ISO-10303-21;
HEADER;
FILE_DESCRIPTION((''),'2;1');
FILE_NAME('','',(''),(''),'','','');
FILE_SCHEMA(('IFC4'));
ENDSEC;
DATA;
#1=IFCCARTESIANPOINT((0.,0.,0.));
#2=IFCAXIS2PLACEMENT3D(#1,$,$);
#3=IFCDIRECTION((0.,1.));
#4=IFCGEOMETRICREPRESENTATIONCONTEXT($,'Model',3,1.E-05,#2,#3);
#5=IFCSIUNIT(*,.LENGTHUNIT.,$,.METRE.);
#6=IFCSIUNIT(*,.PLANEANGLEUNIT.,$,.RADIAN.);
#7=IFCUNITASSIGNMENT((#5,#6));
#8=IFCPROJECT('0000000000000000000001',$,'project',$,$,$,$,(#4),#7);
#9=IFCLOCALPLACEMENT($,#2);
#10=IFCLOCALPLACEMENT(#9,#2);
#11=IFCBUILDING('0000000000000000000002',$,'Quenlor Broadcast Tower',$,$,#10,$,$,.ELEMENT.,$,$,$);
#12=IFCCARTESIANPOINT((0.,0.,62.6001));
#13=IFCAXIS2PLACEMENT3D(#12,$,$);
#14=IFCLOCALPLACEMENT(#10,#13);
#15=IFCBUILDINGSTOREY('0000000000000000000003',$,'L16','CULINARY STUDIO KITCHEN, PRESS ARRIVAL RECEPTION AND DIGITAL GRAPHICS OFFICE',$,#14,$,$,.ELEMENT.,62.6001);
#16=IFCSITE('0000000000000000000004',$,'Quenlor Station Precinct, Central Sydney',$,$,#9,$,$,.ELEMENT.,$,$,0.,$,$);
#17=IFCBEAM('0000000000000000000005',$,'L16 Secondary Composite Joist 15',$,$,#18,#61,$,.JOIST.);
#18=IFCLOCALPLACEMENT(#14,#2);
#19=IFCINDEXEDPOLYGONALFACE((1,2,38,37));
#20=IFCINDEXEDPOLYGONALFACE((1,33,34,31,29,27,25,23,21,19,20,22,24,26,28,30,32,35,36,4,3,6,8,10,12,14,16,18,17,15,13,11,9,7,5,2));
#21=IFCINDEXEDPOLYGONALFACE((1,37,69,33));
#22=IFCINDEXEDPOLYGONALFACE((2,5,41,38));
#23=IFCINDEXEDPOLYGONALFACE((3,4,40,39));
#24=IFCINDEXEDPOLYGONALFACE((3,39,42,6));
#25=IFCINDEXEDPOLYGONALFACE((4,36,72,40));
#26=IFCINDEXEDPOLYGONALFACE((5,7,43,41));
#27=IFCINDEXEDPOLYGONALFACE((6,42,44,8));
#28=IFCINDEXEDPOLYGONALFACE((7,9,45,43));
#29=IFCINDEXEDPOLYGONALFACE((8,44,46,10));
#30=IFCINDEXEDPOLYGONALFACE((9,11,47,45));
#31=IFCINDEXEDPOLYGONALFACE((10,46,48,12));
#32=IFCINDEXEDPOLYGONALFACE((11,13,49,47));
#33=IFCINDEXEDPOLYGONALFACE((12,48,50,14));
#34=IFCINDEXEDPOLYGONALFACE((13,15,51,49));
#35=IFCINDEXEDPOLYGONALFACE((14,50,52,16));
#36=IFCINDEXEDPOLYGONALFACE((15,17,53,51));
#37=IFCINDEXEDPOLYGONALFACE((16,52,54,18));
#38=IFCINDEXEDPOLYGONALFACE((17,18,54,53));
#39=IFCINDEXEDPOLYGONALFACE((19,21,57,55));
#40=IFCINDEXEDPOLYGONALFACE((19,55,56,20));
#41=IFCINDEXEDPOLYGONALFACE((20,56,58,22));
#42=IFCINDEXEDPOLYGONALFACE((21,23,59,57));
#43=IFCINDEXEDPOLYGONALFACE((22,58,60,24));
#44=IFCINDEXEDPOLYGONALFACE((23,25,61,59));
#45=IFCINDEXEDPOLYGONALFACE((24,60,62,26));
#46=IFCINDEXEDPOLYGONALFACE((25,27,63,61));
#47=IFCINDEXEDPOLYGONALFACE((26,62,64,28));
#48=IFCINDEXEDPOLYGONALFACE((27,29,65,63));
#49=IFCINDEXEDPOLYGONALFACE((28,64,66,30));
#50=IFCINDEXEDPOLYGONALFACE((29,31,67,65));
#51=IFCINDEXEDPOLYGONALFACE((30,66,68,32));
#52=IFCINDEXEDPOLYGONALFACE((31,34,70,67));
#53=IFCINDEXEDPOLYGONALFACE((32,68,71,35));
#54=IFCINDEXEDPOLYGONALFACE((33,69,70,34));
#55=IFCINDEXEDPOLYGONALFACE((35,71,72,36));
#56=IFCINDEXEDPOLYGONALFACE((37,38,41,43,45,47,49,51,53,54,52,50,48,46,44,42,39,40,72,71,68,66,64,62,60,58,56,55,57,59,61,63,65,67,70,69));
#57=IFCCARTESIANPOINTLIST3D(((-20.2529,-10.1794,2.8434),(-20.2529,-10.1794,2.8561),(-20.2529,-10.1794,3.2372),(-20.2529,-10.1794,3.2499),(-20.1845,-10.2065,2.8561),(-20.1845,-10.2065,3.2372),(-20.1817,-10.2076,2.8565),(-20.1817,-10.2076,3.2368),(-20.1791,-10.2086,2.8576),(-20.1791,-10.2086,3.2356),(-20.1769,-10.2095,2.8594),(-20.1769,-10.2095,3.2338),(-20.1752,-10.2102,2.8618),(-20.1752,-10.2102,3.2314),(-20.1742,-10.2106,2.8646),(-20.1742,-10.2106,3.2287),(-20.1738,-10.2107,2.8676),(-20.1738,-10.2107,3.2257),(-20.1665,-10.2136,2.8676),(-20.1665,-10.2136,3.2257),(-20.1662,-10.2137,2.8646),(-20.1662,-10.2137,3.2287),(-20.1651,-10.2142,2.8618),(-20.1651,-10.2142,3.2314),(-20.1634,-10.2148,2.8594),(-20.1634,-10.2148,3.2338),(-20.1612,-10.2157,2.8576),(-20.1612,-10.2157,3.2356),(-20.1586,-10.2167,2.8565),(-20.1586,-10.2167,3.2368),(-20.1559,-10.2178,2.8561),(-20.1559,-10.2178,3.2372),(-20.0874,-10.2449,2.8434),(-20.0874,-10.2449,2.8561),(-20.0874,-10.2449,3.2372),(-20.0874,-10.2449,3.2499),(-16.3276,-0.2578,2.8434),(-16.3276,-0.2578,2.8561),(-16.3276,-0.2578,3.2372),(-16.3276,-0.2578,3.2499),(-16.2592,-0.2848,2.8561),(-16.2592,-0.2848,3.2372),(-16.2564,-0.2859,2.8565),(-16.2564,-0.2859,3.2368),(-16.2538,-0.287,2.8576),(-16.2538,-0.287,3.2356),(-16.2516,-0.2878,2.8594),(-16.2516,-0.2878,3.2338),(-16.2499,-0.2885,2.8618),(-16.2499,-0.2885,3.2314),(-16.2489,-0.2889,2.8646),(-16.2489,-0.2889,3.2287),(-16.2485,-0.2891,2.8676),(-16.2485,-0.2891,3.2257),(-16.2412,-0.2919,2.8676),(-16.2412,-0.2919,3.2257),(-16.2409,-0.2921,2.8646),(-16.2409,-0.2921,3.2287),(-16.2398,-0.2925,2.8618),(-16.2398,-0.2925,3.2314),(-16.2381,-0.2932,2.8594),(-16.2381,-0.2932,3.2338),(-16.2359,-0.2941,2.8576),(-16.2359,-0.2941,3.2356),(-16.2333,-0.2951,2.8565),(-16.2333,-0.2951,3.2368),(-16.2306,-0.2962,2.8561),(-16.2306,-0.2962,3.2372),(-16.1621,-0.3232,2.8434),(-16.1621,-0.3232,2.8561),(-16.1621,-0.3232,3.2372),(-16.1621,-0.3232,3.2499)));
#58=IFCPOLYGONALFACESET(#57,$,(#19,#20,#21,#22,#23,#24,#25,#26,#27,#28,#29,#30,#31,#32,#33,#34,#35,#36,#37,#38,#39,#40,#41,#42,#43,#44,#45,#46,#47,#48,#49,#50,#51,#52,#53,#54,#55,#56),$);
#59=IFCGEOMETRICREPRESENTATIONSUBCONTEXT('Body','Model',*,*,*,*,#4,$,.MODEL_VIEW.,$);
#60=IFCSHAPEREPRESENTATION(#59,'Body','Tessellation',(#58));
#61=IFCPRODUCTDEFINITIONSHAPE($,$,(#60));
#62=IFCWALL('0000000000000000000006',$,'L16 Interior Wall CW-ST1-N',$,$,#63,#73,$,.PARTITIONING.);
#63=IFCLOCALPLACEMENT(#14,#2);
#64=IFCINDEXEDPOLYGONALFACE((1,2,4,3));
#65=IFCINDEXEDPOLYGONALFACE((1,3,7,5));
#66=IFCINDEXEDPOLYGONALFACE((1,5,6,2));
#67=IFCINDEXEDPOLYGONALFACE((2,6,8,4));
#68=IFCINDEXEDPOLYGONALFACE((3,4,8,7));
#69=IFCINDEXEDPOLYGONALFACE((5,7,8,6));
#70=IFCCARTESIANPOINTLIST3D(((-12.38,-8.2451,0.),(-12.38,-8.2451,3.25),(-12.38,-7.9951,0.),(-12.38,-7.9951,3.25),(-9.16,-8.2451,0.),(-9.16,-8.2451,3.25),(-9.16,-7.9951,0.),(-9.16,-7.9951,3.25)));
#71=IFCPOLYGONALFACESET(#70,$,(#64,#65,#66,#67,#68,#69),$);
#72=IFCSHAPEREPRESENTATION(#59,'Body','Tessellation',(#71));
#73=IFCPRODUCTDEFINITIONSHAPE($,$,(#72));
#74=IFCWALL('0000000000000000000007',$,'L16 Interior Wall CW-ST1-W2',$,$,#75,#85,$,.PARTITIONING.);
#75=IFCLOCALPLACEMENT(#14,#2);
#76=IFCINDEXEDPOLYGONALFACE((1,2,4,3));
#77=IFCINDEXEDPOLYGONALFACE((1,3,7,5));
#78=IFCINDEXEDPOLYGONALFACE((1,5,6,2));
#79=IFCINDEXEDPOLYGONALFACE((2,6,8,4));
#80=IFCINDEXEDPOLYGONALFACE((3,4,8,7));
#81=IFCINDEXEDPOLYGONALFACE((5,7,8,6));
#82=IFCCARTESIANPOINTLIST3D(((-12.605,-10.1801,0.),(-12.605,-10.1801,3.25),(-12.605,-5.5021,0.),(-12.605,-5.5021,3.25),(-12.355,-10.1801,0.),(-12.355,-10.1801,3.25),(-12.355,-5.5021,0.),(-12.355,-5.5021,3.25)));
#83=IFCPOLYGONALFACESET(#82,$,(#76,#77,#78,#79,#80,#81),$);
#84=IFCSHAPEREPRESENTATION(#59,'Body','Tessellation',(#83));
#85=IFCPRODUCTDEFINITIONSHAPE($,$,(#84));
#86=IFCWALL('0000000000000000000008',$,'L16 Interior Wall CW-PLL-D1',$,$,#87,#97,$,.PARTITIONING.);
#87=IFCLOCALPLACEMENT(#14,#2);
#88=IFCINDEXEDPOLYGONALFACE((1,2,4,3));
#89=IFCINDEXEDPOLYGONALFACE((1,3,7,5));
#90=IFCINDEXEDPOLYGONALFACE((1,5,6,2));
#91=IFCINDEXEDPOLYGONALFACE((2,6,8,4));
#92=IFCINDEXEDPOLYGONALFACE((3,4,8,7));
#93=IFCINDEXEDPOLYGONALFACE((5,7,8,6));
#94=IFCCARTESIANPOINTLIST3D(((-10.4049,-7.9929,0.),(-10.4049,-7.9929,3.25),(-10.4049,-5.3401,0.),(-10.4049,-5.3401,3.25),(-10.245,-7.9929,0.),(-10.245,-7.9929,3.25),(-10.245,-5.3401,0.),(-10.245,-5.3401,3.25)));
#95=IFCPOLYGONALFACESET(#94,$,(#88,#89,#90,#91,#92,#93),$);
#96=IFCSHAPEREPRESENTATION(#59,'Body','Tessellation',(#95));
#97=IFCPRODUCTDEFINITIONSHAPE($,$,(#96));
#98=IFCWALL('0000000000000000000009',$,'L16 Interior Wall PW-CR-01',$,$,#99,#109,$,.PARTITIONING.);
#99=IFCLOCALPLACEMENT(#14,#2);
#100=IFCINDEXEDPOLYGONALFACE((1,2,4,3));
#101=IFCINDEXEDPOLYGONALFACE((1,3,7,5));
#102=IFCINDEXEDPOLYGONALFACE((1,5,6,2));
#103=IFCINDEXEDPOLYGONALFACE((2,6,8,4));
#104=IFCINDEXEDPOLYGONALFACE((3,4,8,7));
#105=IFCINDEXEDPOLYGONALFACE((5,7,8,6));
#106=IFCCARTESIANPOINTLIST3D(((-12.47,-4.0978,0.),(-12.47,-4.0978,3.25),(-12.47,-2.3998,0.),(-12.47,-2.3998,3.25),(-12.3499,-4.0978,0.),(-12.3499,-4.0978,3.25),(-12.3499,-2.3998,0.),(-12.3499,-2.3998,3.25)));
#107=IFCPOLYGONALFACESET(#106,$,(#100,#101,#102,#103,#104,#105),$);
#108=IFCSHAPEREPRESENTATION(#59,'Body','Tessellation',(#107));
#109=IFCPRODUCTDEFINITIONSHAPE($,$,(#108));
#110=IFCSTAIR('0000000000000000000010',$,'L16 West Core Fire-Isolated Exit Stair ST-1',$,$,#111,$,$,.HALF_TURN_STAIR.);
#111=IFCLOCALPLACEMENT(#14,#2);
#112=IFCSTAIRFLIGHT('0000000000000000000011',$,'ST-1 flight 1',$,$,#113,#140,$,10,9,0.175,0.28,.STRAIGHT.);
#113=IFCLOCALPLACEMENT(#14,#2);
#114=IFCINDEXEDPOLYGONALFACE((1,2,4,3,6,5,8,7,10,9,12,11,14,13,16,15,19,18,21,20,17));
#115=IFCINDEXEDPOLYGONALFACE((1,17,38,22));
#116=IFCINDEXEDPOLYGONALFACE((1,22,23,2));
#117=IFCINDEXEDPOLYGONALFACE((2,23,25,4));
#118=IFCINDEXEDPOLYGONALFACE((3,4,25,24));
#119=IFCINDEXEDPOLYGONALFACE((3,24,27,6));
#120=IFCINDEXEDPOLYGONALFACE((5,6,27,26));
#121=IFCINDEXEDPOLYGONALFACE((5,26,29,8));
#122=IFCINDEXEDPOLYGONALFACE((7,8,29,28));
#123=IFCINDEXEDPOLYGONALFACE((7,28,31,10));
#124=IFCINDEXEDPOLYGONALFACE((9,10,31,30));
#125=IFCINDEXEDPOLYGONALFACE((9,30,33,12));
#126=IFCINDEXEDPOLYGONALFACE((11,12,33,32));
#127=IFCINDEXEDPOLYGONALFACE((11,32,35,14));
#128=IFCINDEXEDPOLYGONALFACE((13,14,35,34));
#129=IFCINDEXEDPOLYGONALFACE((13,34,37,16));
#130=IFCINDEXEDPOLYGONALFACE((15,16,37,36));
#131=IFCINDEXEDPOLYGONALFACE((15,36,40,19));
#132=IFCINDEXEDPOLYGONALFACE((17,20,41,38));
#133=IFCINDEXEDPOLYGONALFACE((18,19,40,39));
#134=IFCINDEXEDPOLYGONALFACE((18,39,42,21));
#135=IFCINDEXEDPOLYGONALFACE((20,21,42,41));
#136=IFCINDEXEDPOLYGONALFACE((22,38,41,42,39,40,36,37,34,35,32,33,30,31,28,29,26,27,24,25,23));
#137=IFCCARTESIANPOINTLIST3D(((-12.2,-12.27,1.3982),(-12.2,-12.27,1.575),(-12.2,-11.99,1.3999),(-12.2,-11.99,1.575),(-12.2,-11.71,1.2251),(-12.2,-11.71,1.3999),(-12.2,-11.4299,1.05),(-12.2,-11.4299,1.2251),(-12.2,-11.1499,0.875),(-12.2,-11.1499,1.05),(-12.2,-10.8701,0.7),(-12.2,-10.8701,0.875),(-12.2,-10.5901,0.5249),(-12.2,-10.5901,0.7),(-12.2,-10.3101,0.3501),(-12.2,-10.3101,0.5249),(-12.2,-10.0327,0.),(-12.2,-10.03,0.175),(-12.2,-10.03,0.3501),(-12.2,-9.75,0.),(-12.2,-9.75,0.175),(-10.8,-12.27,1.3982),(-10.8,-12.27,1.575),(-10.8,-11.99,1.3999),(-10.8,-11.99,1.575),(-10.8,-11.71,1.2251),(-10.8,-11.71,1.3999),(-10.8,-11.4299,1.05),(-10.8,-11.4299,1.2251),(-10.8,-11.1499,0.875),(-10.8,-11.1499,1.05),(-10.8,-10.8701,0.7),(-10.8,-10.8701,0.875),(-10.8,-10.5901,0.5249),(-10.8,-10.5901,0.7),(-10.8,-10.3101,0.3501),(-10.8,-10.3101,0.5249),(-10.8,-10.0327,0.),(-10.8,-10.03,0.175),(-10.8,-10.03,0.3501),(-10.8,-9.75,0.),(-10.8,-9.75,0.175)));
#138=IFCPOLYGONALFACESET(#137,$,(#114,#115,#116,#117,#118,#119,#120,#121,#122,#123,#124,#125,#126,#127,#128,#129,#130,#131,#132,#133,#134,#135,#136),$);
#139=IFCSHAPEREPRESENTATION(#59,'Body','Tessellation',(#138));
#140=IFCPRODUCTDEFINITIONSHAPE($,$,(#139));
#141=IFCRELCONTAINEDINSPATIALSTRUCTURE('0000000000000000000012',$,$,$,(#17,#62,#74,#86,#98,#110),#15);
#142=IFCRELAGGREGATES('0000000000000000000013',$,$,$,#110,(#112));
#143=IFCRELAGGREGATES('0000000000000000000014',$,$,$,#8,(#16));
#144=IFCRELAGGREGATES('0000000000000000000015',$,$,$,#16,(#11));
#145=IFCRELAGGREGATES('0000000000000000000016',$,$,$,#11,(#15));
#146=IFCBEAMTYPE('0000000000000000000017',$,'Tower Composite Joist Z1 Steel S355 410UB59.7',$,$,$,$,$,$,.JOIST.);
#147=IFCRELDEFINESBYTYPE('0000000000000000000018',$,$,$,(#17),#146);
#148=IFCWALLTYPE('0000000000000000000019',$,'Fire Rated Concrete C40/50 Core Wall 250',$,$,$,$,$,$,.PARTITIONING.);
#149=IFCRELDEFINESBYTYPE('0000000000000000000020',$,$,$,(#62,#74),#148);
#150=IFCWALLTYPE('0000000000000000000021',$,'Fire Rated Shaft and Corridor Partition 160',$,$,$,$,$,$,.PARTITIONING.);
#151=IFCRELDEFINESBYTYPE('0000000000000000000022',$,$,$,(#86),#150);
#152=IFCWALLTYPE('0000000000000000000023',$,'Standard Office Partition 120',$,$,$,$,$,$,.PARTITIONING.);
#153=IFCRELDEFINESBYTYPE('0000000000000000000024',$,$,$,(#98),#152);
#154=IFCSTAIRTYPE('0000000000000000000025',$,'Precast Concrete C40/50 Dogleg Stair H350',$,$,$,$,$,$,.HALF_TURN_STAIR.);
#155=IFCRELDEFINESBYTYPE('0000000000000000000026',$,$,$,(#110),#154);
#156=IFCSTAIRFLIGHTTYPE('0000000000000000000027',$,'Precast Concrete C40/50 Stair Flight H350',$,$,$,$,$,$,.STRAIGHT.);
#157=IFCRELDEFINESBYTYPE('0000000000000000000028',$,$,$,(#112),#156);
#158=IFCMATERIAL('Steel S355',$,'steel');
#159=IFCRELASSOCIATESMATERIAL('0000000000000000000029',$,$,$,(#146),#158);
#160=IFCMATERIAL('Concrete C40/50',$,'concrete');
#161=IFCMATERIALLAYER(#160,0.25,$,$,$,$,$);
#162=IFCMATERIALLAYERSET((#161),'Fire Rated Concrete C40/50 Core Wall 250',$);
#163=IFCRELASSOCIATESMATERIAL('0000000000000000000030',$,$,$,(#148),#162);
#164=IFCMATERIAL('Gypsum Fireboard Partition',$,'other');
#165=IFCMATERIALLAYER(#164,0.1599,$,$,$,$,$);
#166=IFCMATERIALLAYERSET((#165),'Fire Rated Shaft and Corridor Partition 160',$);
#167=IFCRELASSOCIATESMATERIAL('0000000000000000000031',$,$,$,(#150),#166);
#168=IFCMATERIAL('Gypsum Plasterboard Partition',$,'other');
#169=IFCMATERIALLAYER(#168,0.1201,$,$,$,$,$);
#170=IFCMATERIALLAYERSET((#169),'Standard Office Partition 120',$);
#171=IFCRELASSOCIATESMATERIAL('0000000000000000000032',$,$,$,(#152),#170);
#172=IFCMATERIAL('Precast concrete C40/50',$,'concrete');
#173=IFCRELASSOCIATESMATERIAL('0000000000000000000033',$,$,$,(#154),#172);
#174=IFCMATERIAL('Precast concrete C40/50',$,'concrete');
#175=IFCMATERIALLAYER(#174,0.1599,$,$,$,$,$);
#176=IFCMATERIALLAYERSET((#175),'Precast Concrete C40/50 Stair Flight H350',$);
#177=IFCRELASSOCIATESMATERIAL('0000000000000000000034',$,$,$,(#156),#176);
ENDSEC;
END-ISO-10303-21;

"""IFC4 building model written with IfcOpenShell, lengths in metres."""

from ifc_helpers import new_model, si_unit, direction, frame, frame_2d, origin, origin_2d, place, context, subcontext, project, spatial, polyline, rectangle, i_section, outline, extrude, material, layer, layer_set, material_profile, profile_set, type_object, element, aggregate, save


model = new_model("IFC4")

# Units and contexts
model_context = context("Model", 3, precision=1e-05, world=origin(), true_north=direction((0.0, 1.0)))
body_context = subcontext(model_context, "Body", "Model", "MODEL_VIEW")
ifc_project = project(units=[si_unit("LENGTHUNIT", "METRE"), si_unit("PLANEANGLEUNIT", "RADIAN")], contexts=[model_context])

# Site, building, storey
site_placement = place(None, origin())
site = spatial("IfcSite", under=ifc_project, at=site_placement, Name="Quenlor Station Precinct, Central Sydney", CompositionType="ELEMENT", RefElevation=0.0)
building_placement = place(site_placement, origin())
building = spatial("IfcBuilding", under=site, at=building_placement, Name="Quenlor Broadcast Tower", CompositionType="ELEMENT")
storey_placement = place(building_placement, frame((0.0, 0.0, 62.6001)))
storey = spatial("IfcBuildingStorey", under=building, at=storey_placement, Name="L16", Description="CULINARY STUDIO KITCHEN, PRESS ARRIVAL RECEPTION AND DIGITAL GRAPHICS OFFICE", CompositionType="ELEMENT", Elevation=62.6001)

# Beam
ifc_material_1 = material(Name="Steel S355", Category="steel")
ifc_material_profile_1 = material_profile(ifc_material_1, i_section(OverallWidth=0.178, OverallDepth=0.4065, WebThickness=0.0078, FlangeThickness=0.0127, FilletRadius=0.0115, at=origin_2d()))
ifc_profile_set_1 = profile_set([ifc_material_profile_1], Name="Steel S355 410UB59.7")
beam_type_1 = type_object("IfcBeamType", Name="Tower Composite Joist Z1 Steel S355 410UB59.7", PredefinedType="JOIST", material=ifc_profile_set_1)
beam_1_placement = place(storey_placement, frame((-20.1702, -10.2122, 3.0466), z_axis=(0.367885, 0.929871, 0.0), x_axis=(-0.929871, 0.367885, 0.0)))
element("IfcBeam", 1, at=beam_1_placement, inside=storey, type_object=beam_type_1, Name="L16 Secondary Composite Joist 15", PredefinedType="JOIST", context=body_context, shape_type="SweptSolid", body=[
    extrude(i_section(OverallWidth=0.178, OverallDepth=0.4065, WebThickness=0.0078, FlangeThickness=0.0127, FilletRadius=0.0115, at=origin_2d()), origin(), (0.0, 0.0, 1.0), 10.6699),
])

# Walls
ifc_material_2 = material(Name="Concrete C40/50", Category="concrete")
ifc_layer_1 = layer(ifc_material_2, 0.25)
ifc_layer_set_1 = layer_set([ifc_layer_1], Name="Fire Rated Concrete C40/50 Core Wall 250")
wall_type_1 = type_object("IfcWallType", Name="Fire Rated Concrete C40/50 Core Wall 250", PredefinedType="PARTITIONING", material=ifc_layer_set_1)
wall_1_placement = place(storey_placement, frame((-12.3799, -8.1201, 0.0), z_axis=(0.0, 0.0, 1.0), x_axis=(1.0, 0.0, 0.0)))
element("IfcWall", 2, at=wall_1_placement, inside=storey, type_object=wall_type_1, Name="L16 Interior Wall CW-ST1-N", PredefinedType="PARTITIONING", context=body_context, shape_type="SweptSolid", body=[
    extrude(rectangle(XDim=3.22, YDim=0.25, at=frame_2d((1.6099, 0.0))), origin(), (0.0, 0.0, 1.0), 3.25),
])
wall_2_placement = place(storey_placement, frame((-12.48, -10.1799, 0.0), z_axis=(0.0, 0.0, 1.0), x_axis=(0.0, 1.0, 0.0)))
element("IfcWall", 3, at=wall_2_placement, inside=storey, type_object=wall_type_1, Name="L16 Interior Wall CW-ST1-W2", PredefinedType="PARTITIONING", context=body_context, shape_type="SweptSolid", body=[
    extrude(rectangle(XDim=4.678, YDim=0.25, at=frame_2d((2.3389, 0.0))), origin(), (0.0, 0.0, 1.0), 3.25),
])

# Walls
ifc_material_3 = material(Name="Gypsum Fireboard Partition", Category="other")
ifc_layer_2 = layer(ifc_material_3, 0.1599)
ifc_layer_set_2 = layer_set([ifc_layer_2], Name="Fire Rated Shaft and Corridor Partition 160")
wall_type_2 = type_object("IfcWallType", Name="Fire Rated Shaft and Corridor Partition 160", PredefinedType="PARTITIONING", material=ifc_layer_set_2)
wall_3_placement = place(storey_placement, frame((-10.325, -7.9929, 0.0), z_axis=(0.0, 0.0, 1.0), x_axis=(0.0, 1.0, 0.0)))
element("IfcWall", 4, at=wall_3_placement, inside=storey, type_object=wall_type_2, Name="L16 Interior Wall CW-PLL-D1", PredefinedType="PARTITIONING", context=body_context, shape_type="SweptSolid", body=[
    extrude(rectangle(XDim=2.6528, YDim=0.1599, at=frame_2d((1.3264, 0.0))), origin(), (0.0, 0.0, 1.0), 3.25),
])
ifc_material_4 = material(Name="Gypsum Plasterboard Partition", Category="other")
ifc_layer_3 = layer(ifc_material_4, 0.1201)
ifc_layer_set_3 = layer_set([ifc_layer_3], Name="Standard Office Partition 120")
wall_type_3 = type_object("IfcWallType", Name="Standard Office Partition 120", PredefinedType="PARTITIONING", material=ifc_layer_set_3)
wall_4_placement = place(storey_placement, frame((-12.4099, -4.0979, 0.0), z_axis=(0.0, 0.0, 1.0), x_axis=(0.0, 1.0, 0.0)))
element("IfcWall", 5, at=wall_4_placement, inside=storey, type_object=wall_type_3, Name="L16 Interior Wall PW-CR-01", PredefinedType="PARTITIONING", context=body_context, shape_type="SweptSolid", body=[
    extrude(rectangle(XDim=1.698, YDim=0.1201, at=frame_2d((0.8491, 0.0))), origin(), (0.0, 0.0, 1.0), 3.25),
])

# Stair, stair flight
ifc_material_5 = material(Name="Precast concrete C40/50", Category="concrete")
stair_type = type_object("IfcStairType", Name="Precast Concrete C40/50 Dogleg Stair H350", PredefinedType="HALF_TURN_STAIR", material=ifc_material_5)
stair_placement = place(storey_placement, origin())
stair = element("IfcStair", 6, at=stair_placement, inside=storey, type_object=stair_type, Name="L16 West Core Fire-Isolated Exit Stair ST-1", PredefinedType="HALF_TURN_STAIR")
ifc_material_6 = material(Name="Precast concrete C40/50", Category="concrete")
ifc_layer_4 = layer(ifc_material_6, 0.1599)
ifc_layer_set_4 = layer_set([ifc_layer_4], Name="Precast Concrete C40/50 Stair Flight H350")
stair_flight_type = type_object("IfcStairFlightType", Name="Precast Concrete C40/50 Stair Flight H350", PredefinedType="STRAIGHT", material=ifc_layer_set_4)
stair_flight_placement = place(storey_placement, frame((-11.5, -9.75, 0.0), z_axis=(0.0, 0.0, 1.0), x_axis=(0.0, -1.0, 0.0)))
stair_flight = element("IfcStairFlight", 7, at=stair_flight_placement, type_object=stair_flight_type, Name="ST-1 flight 1", NumberOfRisers=10, NumberOfTreads=9, PredefinedType="STRAIGHT", RiserHeight=0.175, TreadLength=0.28, context=body_context, shape_type="SweptSolid", body=[
    extrude(outline(polyline([(0.0, 0.0), (0.0, 0.175), (0.28, 0.175), (0.28, 0.3501), (0.5601, 0.3501), (0.5601, 0.5249), (0.8401, 0.5249), (0.8401, 0.7), (1.1201, 0.7), (1.1201, 0.875), (1.3999, 0.875), (1.3999, 1.05), (1.6799, 1.05), (1.6799, 1.2251), (1.96, 1.2251), (1.96, 1.3999), (2.24, 1.3999), (2.24, 1.575), (2.52, 1.575), (2.52, 1.75), (2.52, 1.3982), (0.2827, 0.0), (0.0, 0.0)])), frame((0.0, 0.7, 0.0), z_axis=(0.0, -1.0, 0.0), x_axis=(1.0, 0.0, 0.0)), (0.0, 0.0, 1.0), 1.3999),
])
aggregate(stair, [stair_flight])

save(model, "model.ifc")
